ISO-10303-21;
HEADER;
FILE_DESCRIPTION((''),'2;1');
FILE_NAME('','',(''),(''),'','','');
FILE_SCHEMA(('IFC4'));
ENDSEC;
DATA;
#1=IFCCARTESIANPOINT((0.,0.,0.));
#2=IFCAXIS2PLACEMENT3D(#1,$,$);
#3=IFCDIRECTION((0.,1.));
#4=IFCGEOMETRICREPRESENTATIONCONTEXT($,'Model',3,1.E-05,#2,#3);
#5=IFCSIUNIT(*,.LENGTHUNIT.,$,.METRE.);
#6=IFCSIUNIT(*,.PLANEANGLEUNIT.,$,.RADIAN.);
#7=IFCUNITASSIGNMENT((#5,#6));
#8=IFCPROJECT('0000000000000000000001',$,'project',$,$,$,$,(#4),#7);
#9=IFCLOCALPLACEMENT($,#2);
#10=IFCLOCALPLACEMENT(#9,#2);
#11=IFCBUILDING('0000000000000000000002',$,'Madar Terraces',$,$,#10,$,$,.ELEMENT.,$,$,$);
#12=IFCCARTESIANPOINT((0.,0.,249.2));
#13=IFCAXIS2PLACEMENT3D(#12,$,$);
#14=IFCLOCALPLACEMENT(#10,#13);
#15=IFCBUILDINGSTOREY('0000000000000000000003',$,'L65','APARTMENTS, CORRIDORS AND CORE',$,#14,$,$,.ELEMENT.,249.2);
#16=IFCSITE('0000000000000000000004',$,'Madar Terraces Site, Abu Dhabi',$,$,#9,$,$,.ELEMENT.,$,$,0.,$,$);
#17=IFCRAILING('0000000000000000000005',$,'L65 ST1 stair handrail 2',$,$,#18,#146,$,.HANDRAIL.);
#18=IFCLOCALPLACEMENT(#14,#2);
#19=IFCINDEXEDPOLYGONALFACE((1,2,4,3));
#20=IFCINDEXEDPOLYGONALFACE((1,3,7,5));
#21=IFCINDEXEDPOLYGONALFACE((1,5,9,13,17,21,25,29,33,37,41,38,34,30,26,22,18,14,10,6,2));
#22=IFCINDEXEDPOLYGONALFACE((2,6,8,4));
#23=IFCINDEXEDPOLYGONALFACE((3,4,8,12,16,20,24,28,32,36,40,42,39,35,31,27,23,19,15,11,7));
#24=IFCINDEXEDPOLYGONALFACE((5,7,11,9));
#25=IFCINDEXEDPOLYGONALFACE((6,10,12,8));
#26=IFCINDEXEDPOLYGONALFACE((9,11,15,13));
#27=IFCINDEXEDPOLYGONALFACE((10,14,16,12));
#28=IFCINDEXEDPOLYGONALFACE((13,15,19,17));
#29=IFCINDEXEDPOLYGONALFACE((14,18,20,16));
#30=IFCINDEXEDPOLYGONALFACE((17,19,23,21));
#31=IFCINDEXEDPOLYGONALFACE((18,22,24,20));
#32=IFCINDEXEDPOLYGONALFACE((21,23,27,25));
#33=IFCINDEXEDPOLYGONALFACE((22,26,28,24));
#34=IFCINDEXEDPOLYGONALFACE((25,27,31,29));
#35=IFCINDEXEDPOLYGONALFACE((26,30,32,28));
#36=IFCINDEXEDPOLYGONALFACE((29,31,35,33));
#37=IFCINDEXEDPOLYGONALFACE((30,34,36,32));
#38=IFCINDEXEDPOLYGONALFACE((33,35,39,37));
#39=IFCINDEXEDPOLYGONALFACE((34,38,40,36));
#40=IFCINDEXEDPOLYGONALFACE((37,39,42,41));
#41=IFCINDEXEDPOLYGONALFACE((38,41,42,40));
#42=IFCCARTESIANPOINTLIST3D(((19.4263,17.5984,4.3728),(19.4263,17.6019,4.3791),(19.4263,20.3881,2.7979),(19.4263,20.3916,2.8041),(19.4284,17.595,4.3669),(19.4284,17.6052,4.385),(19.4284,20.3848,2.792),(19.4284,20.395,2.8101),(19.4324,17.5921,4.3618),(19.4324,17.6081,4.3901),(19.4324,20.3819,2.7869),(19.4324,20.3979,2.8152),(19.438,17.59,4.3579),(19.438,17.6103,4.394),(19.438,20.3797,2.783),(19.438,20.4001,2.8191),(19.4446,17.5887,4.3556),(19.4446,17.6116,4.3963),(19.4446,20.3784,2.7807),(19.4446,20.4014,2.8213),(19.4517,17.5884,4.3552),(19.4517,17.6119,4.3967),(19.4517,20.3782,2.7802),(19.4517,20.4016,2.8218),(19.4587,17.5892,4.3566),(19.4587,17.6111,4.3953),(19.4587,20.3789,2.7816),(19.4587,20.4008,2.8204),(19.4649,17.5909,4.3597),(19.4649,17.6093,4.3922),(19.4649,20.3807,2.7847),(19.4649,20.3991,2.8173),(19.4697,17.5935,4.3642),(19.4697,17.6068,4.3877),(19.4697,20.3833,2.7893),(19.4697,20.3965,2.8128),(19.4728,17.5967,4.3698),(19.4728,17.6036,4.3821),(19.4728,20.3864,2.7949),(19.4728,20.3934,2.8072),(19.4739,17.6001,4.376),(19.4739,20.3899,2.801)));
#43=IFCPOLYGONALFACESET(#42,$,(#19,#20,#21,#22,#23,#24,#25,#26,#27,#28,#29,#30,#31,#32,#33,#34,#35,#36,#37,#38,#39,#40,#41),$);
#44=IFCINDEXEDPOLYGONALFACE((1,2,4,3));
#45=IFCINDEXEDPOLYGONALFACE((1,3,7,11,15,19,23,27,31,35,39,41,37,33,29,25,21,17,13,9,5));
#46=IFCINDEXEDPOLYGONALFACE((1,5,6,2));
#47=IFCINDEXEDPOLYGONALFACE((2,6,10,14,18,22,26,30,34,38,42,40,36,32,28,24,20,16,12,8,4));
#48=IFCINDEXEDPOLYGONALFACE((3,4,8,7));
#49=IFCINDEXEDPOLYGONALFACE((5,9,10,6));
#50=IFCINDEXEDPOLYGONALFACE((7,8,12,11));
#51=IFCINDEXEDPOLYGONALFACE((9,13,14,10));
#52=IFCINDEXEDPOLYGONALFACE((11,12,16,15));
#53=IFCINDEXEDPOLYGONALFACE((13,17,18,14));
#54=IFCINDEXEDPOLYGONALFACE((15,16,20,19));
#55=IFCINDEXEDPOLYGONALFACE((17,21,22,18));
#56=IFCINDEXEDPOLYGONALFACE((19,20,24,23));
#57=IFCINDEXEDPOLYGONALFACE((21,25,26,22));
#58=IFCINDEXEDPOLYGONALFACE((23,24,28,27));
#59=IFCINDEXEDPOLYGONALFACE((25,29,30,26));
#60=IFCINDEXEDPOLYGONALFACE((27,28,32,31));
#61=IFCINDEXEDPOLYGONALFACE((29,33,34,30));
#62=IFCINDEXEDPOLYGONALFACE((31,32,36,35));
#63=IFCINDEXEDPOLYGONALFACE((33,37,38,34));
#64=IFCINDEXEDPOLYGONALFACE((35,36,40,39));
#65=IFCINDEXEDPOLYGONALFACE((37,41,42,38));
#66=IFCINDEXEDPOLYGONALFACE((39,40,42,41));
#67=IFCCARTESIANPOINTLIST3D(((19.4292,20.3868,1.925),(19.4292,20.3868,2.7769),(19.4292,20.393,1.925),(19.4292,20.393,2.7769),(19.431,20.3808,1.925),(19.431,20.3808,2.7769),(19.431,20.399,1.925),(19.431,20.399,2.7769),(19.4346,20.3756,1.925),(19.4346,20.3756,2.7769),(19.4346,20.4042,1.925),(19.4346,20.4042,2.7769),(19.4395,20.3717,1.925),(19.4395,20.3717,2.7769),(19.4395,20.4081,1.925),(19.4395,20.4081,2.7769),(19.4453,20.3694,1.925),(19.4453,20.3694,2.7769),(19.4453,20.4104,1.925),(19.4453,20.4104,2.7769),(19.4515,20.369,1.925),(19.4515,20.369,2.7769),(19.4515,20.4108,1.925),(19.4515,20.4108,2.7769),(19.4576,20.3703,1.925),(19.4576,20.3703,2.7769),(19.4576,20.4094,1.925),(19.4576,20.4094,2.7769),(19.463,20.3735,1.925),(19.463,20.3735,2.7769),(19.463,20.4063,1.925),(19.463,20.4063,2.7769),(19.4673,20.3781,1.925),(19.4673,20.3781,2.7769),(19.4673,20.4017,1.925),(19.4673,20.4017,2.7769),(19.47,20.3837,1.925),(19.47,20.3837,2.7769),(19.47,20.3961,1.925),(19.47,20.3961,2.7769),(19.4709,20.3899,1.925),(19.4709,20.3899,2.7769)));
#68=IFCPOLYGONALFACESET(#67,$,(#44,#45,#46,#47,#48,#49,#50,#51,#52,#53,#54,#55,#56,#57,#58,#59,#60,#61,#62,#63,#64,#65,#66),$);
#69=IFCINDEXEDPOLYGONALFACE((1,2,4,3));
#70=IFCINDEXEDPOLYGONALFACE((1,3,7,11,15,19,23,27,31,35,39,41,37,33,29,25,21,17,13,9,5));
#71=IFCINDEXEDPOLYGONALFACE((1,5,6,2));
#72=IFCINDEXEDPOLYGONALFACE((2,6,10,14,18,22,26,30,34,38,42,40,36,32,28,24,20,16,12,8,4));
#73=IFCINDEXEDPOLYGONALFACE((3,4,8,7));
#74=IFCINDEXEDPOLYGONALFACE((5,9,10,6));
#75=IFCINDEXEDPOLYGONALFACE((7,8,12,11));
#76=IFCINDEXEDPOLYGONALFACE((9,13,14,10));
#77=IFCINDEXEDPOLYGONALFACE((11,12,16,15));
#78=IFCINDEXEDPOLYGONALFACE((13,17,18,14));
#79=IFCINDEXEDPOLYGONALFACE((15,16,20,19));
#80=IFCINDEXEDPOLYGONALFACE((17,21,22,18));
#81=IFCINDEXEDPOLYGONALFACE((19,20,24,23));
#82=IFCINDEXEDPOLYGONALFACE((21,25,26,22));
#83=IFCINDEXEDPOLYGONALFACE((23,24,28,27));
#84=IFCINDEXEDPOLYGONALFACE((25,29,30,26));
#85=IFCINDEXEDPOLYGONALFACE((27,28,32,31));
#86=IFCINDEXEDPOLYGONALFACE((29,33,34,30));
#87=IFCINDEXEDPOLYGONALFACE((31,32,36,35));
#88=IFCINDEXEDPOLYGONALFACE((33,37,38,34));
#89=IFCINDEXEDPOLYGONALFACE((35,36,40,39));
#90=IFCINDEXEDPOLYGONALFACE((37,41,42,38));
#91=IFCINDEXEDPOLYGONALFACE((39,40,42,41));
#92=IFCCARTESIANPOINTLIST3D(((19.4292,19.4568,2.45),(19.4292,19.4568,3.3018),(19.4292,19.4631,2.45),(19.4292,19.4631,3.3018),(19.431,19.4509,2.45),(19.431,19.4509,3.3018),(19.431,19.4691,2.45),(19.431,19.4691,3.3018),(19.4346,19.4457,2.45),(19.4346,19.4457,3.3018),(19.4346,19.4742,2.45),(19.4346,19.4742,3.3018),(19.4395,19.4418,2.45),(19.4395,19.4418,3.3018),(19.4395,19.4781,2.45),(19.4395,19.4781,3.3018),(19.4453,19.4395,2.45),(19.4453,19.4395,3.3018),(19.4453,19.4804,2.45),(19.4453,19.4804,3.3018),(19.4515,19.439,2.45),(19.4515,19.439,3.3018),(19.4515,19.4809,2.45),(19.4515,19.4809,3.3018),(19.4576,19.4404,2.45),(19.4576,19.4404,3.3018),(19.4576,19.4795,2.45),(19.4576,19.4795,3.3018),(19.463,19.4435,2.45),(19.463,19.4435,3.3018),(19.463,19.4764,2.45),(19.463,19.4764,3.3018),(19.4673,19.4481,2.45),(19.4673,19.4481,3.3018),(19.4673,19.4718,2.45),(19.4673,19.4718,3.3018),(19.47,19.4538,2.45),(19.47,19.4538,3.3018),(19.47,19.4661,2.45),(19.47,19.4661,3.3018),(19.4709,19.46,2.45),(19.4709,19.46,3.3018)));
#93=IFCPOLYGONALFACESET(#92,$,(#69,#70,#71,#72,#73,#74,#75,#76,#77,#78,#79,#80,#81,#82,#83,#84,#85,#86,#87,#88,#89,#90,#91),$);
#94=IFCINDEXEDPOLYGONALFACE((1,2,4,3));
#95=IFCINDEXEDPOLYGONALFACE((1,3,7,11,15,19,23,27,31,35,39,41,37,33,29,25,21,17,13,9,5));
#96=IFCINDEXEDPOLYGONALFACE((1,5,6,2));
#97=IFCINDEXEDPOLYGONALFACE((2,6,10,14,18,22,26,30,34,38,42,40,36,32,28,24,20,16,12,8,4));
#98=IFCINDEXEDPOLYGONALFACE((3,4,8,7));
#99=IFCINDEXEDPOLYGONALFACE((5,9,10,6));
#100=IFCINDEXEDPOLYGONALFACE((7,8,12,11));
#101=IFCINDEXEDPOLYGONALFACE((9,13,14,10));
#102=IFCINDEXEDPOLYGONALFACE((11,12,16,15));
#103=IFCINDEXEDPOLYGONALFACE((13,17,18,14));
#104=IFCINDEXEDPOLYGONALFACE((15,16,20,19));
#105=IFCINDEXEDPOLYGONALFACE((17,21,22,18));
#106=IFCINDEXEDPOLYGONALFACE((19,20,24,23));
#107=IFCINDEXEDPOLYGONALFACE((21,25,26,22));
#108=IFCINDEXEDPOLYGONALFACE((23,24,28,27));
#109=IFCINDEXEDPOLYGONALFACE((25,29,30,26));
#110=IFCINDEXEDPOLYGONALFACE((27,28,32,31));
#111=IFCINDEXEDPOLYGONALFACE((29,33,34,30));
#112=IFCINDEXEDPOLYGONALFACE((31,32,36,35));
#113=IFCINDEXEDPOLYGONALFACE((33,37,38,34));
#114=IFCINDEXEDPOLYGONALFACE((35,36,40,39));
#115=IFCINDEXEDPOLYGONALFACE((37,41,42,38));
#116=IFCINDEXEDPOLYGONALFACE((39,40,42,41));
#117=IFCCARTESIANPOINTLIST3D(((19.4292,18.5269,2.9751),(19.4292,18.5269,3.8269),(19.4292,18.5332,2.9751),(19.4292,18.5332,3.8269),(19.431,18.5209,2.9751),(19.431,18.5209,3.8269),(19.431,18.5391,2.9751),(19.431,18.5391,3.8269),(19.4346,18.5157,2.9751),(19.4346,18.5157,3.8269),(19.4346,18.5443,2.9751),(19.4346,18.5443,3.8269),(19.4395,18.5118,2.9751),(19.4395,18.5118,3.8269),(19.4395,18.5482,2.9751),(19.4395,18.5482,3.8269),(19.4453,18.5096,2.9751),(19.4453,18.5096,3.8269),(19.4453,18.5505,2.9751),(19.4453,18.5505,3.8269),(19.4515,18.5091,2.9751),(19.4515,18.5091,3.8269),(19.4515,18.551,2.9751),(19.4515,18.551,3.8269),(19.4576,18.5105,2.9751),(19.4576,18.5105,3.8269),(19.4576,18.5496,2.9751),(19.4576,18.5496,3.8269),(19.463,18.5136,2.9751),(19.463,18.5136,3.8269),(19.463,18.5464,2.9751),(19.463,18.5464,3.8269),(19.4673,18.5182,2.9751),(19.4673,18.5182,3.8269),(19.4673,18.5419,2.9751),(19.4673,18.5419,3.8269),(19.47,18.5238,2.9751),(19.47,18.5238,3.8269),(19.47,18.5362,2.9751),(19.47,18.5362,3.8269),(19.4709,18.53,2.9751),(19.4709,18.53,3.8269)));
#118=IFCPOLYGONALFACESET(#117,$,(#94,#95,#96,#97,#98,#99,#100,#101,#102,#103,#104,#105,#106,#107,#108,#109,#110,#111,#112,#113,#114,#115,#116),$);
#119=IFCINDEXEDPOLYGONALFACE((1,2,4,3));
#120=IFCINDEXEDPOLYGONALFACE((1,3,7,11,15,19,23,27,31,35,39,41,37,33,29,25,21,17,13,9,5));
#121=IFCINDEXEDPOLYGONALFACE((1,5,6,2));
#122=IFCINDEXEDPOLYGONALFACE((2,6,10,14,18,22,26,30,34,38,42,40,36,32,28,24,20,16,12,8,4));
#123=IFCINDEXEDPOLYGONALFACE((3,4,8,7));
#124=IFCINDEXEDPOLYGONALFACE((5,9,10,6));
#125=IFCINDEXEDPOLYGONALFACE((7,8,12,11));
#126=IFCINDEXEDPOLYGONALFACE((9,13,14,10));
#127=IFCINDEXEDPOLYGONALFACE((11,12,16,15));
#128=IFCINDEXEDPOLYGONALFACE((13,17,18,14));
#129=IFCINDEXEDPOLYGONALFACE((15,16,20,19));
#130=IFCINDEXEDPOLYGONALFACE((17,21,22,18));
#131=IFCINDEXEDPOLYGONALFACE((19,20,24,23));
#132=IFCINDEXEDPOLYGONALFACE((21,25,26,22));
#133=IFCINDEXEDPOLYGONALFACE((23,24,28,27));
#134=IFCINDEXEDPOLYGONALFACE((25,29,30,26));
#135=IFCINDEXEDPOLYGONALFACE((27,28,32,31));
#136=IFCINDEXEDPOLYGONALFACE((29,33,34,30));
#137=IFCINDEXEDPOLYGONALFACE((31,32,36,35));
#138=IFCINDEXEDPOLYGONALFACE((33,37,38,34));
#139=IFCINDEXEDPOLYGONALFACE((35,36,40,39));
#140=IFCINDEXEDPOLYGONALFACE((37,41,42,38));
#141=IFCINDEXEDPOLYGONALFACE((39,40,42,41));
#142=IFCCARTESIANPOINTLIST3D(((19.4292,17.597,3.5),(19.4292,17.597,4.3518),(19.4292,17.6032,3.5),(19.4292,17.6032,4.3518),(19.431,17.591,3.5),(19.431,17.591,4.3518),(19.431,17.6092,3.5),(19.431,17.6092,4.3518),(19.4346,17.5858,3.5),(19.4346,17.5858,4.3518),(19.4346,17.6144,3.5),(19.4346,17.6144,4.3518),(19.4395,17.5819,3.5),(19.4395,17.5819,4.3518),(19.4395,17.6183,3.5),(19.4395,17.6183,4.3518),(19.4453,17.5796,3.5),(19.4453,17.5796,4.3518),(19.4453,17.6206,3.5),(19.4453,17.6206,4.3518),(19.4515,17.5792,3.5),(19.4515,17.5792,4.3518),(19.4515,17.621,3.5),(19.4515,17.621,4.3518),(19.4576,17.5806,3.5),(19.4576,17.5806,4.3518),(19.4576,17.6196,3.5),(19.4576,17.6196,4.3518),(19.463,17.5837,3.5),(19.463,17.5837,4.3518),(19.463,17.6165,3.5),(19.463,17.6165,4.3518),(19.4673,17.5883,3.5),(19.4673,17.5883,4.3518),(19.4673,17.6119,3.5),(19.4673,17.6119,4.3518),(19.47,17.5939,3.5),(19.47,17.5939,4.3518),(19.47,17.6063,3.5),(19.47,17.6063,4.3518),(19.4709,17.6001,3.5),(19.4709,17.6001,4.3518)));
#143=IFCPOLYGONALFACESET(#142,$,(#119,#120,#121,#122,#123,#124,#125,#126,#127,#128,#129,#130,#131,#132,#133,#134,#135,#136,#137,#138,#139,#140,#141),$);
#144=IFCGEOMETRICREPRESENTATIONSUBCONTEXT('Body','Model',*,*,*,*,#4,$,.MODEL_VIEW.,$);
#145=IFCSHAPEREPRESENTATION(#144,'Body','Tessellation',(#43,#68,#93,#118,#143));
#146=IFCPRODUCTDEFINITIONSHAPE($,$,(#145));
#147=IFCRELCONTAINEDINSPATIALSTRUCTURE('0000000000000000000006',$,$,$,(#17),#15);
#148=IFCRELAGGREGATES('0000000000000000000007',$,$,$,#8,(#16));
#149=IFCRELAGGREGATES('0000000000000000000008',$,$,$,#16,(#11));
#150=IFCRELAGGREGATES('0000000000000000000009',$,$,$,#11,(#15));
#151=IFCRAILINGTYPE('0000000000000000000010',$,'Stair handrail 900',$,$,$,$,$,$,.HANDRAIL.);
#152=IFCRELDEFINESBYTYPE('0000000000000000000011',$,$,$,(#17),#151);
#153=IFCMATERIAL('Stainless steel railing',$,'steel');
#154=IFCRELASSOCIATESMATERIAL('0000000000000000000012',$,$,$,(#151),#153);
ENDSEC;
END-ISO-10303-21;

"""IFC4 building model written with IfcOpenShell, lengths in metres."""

from ifc_helpers import new_model, si_unit, direction, frame, origin, origin_2d, place, context, subcontext, project, spatial, circle, extrude, material, type_object, element, save


model = new_model("IFC4")

# Units and contexts
model_context = context("Model", 3, precision=1e-05, world=origin(), true_north=direction((0.0, 1.0)))
body_context = subcontext(model_context, "Body", "Model", "MODEL_VIEW")
ifc_project = project(units=[si_unit("LENGTHUNIT", "METRE"), si_unit("PLANEANGLEUNIT", "RADIAN")], contexts=[model_context])

# Site, building, storey
site_placement = place(None, origin())
site = spatial("IfcSite", under=ifc_project, at=site_placement, Name="Madar Terraces Site, Abu Dhabi", CompositionType="ELEMENT", RefElevation=0.0)
building_placement = place(site_placement, origin())
building = spatial("IfcBuilding", under=site, at=building_placement, Name="Madar Terraces", CompositionType="ELEMENT")
storey_placement = place(building_placement, frame((0.0, 0.0, 249.2)))
storey = spatial("IfcBuildingStorey", under=building, at=storey_placement, Name="L65", Description="APARTMENTS, CORRIDORS AND CORE", CompositionType="ELEMENT", Elevation=249.2)

# Railing
ifc_material_1 = material(Name="Stainless steel railing", Category="steel")
railing_type_1 = type_object("IfcRailingType", Name="Stair handrail 900", PredefinedType="HANDRAIL", material=ifc_material_1)
railing_1_placement = place(storey_placement, frame((19.45, 20.3899, 1.925)))
element("IfcRailing", 1, at=railing_1_placement, inside=storey, type_object=railing_type_1, Name="L65 ST1 stair handrail 2", PredefinedType="HANDRAIL", context=body_context, shape_type="SweptSolid", body=[
    extrude(circle(Radius=0.0239, at=origin_2d()), frame((0.0, 0.0, 0.876), z_axis=(0.0, -0.870815, 0.49161), x_axis=(1.0, 0.0, 0.0)), (0.0, 0.0, 1.0), 3.2036),
    extrude(circle(Radius=0.021, at=origin_2d()), origin(), (0.0, 0.0, 1.0), 0.8518),
    extrude(circle(Radius=0.021, at=origin_2d()), frame((0.0, -0.9299, 0.5249)), (0.0, 0.0, 1.0), 0.8518),
    extrude(circle(Radius=0.021, at=origin_2d()), frame((0.0, -1.8599, 1.05)), (0.0, 0.0, 1.0), 0.8518),
    extrude(circle(Radius=0.021, at=origin_2d()), frame((0.0, -2.7898, 1.575)), (0.0, 0.0, 1.0), 0.8518),
])

save(model, "model.ifc")
